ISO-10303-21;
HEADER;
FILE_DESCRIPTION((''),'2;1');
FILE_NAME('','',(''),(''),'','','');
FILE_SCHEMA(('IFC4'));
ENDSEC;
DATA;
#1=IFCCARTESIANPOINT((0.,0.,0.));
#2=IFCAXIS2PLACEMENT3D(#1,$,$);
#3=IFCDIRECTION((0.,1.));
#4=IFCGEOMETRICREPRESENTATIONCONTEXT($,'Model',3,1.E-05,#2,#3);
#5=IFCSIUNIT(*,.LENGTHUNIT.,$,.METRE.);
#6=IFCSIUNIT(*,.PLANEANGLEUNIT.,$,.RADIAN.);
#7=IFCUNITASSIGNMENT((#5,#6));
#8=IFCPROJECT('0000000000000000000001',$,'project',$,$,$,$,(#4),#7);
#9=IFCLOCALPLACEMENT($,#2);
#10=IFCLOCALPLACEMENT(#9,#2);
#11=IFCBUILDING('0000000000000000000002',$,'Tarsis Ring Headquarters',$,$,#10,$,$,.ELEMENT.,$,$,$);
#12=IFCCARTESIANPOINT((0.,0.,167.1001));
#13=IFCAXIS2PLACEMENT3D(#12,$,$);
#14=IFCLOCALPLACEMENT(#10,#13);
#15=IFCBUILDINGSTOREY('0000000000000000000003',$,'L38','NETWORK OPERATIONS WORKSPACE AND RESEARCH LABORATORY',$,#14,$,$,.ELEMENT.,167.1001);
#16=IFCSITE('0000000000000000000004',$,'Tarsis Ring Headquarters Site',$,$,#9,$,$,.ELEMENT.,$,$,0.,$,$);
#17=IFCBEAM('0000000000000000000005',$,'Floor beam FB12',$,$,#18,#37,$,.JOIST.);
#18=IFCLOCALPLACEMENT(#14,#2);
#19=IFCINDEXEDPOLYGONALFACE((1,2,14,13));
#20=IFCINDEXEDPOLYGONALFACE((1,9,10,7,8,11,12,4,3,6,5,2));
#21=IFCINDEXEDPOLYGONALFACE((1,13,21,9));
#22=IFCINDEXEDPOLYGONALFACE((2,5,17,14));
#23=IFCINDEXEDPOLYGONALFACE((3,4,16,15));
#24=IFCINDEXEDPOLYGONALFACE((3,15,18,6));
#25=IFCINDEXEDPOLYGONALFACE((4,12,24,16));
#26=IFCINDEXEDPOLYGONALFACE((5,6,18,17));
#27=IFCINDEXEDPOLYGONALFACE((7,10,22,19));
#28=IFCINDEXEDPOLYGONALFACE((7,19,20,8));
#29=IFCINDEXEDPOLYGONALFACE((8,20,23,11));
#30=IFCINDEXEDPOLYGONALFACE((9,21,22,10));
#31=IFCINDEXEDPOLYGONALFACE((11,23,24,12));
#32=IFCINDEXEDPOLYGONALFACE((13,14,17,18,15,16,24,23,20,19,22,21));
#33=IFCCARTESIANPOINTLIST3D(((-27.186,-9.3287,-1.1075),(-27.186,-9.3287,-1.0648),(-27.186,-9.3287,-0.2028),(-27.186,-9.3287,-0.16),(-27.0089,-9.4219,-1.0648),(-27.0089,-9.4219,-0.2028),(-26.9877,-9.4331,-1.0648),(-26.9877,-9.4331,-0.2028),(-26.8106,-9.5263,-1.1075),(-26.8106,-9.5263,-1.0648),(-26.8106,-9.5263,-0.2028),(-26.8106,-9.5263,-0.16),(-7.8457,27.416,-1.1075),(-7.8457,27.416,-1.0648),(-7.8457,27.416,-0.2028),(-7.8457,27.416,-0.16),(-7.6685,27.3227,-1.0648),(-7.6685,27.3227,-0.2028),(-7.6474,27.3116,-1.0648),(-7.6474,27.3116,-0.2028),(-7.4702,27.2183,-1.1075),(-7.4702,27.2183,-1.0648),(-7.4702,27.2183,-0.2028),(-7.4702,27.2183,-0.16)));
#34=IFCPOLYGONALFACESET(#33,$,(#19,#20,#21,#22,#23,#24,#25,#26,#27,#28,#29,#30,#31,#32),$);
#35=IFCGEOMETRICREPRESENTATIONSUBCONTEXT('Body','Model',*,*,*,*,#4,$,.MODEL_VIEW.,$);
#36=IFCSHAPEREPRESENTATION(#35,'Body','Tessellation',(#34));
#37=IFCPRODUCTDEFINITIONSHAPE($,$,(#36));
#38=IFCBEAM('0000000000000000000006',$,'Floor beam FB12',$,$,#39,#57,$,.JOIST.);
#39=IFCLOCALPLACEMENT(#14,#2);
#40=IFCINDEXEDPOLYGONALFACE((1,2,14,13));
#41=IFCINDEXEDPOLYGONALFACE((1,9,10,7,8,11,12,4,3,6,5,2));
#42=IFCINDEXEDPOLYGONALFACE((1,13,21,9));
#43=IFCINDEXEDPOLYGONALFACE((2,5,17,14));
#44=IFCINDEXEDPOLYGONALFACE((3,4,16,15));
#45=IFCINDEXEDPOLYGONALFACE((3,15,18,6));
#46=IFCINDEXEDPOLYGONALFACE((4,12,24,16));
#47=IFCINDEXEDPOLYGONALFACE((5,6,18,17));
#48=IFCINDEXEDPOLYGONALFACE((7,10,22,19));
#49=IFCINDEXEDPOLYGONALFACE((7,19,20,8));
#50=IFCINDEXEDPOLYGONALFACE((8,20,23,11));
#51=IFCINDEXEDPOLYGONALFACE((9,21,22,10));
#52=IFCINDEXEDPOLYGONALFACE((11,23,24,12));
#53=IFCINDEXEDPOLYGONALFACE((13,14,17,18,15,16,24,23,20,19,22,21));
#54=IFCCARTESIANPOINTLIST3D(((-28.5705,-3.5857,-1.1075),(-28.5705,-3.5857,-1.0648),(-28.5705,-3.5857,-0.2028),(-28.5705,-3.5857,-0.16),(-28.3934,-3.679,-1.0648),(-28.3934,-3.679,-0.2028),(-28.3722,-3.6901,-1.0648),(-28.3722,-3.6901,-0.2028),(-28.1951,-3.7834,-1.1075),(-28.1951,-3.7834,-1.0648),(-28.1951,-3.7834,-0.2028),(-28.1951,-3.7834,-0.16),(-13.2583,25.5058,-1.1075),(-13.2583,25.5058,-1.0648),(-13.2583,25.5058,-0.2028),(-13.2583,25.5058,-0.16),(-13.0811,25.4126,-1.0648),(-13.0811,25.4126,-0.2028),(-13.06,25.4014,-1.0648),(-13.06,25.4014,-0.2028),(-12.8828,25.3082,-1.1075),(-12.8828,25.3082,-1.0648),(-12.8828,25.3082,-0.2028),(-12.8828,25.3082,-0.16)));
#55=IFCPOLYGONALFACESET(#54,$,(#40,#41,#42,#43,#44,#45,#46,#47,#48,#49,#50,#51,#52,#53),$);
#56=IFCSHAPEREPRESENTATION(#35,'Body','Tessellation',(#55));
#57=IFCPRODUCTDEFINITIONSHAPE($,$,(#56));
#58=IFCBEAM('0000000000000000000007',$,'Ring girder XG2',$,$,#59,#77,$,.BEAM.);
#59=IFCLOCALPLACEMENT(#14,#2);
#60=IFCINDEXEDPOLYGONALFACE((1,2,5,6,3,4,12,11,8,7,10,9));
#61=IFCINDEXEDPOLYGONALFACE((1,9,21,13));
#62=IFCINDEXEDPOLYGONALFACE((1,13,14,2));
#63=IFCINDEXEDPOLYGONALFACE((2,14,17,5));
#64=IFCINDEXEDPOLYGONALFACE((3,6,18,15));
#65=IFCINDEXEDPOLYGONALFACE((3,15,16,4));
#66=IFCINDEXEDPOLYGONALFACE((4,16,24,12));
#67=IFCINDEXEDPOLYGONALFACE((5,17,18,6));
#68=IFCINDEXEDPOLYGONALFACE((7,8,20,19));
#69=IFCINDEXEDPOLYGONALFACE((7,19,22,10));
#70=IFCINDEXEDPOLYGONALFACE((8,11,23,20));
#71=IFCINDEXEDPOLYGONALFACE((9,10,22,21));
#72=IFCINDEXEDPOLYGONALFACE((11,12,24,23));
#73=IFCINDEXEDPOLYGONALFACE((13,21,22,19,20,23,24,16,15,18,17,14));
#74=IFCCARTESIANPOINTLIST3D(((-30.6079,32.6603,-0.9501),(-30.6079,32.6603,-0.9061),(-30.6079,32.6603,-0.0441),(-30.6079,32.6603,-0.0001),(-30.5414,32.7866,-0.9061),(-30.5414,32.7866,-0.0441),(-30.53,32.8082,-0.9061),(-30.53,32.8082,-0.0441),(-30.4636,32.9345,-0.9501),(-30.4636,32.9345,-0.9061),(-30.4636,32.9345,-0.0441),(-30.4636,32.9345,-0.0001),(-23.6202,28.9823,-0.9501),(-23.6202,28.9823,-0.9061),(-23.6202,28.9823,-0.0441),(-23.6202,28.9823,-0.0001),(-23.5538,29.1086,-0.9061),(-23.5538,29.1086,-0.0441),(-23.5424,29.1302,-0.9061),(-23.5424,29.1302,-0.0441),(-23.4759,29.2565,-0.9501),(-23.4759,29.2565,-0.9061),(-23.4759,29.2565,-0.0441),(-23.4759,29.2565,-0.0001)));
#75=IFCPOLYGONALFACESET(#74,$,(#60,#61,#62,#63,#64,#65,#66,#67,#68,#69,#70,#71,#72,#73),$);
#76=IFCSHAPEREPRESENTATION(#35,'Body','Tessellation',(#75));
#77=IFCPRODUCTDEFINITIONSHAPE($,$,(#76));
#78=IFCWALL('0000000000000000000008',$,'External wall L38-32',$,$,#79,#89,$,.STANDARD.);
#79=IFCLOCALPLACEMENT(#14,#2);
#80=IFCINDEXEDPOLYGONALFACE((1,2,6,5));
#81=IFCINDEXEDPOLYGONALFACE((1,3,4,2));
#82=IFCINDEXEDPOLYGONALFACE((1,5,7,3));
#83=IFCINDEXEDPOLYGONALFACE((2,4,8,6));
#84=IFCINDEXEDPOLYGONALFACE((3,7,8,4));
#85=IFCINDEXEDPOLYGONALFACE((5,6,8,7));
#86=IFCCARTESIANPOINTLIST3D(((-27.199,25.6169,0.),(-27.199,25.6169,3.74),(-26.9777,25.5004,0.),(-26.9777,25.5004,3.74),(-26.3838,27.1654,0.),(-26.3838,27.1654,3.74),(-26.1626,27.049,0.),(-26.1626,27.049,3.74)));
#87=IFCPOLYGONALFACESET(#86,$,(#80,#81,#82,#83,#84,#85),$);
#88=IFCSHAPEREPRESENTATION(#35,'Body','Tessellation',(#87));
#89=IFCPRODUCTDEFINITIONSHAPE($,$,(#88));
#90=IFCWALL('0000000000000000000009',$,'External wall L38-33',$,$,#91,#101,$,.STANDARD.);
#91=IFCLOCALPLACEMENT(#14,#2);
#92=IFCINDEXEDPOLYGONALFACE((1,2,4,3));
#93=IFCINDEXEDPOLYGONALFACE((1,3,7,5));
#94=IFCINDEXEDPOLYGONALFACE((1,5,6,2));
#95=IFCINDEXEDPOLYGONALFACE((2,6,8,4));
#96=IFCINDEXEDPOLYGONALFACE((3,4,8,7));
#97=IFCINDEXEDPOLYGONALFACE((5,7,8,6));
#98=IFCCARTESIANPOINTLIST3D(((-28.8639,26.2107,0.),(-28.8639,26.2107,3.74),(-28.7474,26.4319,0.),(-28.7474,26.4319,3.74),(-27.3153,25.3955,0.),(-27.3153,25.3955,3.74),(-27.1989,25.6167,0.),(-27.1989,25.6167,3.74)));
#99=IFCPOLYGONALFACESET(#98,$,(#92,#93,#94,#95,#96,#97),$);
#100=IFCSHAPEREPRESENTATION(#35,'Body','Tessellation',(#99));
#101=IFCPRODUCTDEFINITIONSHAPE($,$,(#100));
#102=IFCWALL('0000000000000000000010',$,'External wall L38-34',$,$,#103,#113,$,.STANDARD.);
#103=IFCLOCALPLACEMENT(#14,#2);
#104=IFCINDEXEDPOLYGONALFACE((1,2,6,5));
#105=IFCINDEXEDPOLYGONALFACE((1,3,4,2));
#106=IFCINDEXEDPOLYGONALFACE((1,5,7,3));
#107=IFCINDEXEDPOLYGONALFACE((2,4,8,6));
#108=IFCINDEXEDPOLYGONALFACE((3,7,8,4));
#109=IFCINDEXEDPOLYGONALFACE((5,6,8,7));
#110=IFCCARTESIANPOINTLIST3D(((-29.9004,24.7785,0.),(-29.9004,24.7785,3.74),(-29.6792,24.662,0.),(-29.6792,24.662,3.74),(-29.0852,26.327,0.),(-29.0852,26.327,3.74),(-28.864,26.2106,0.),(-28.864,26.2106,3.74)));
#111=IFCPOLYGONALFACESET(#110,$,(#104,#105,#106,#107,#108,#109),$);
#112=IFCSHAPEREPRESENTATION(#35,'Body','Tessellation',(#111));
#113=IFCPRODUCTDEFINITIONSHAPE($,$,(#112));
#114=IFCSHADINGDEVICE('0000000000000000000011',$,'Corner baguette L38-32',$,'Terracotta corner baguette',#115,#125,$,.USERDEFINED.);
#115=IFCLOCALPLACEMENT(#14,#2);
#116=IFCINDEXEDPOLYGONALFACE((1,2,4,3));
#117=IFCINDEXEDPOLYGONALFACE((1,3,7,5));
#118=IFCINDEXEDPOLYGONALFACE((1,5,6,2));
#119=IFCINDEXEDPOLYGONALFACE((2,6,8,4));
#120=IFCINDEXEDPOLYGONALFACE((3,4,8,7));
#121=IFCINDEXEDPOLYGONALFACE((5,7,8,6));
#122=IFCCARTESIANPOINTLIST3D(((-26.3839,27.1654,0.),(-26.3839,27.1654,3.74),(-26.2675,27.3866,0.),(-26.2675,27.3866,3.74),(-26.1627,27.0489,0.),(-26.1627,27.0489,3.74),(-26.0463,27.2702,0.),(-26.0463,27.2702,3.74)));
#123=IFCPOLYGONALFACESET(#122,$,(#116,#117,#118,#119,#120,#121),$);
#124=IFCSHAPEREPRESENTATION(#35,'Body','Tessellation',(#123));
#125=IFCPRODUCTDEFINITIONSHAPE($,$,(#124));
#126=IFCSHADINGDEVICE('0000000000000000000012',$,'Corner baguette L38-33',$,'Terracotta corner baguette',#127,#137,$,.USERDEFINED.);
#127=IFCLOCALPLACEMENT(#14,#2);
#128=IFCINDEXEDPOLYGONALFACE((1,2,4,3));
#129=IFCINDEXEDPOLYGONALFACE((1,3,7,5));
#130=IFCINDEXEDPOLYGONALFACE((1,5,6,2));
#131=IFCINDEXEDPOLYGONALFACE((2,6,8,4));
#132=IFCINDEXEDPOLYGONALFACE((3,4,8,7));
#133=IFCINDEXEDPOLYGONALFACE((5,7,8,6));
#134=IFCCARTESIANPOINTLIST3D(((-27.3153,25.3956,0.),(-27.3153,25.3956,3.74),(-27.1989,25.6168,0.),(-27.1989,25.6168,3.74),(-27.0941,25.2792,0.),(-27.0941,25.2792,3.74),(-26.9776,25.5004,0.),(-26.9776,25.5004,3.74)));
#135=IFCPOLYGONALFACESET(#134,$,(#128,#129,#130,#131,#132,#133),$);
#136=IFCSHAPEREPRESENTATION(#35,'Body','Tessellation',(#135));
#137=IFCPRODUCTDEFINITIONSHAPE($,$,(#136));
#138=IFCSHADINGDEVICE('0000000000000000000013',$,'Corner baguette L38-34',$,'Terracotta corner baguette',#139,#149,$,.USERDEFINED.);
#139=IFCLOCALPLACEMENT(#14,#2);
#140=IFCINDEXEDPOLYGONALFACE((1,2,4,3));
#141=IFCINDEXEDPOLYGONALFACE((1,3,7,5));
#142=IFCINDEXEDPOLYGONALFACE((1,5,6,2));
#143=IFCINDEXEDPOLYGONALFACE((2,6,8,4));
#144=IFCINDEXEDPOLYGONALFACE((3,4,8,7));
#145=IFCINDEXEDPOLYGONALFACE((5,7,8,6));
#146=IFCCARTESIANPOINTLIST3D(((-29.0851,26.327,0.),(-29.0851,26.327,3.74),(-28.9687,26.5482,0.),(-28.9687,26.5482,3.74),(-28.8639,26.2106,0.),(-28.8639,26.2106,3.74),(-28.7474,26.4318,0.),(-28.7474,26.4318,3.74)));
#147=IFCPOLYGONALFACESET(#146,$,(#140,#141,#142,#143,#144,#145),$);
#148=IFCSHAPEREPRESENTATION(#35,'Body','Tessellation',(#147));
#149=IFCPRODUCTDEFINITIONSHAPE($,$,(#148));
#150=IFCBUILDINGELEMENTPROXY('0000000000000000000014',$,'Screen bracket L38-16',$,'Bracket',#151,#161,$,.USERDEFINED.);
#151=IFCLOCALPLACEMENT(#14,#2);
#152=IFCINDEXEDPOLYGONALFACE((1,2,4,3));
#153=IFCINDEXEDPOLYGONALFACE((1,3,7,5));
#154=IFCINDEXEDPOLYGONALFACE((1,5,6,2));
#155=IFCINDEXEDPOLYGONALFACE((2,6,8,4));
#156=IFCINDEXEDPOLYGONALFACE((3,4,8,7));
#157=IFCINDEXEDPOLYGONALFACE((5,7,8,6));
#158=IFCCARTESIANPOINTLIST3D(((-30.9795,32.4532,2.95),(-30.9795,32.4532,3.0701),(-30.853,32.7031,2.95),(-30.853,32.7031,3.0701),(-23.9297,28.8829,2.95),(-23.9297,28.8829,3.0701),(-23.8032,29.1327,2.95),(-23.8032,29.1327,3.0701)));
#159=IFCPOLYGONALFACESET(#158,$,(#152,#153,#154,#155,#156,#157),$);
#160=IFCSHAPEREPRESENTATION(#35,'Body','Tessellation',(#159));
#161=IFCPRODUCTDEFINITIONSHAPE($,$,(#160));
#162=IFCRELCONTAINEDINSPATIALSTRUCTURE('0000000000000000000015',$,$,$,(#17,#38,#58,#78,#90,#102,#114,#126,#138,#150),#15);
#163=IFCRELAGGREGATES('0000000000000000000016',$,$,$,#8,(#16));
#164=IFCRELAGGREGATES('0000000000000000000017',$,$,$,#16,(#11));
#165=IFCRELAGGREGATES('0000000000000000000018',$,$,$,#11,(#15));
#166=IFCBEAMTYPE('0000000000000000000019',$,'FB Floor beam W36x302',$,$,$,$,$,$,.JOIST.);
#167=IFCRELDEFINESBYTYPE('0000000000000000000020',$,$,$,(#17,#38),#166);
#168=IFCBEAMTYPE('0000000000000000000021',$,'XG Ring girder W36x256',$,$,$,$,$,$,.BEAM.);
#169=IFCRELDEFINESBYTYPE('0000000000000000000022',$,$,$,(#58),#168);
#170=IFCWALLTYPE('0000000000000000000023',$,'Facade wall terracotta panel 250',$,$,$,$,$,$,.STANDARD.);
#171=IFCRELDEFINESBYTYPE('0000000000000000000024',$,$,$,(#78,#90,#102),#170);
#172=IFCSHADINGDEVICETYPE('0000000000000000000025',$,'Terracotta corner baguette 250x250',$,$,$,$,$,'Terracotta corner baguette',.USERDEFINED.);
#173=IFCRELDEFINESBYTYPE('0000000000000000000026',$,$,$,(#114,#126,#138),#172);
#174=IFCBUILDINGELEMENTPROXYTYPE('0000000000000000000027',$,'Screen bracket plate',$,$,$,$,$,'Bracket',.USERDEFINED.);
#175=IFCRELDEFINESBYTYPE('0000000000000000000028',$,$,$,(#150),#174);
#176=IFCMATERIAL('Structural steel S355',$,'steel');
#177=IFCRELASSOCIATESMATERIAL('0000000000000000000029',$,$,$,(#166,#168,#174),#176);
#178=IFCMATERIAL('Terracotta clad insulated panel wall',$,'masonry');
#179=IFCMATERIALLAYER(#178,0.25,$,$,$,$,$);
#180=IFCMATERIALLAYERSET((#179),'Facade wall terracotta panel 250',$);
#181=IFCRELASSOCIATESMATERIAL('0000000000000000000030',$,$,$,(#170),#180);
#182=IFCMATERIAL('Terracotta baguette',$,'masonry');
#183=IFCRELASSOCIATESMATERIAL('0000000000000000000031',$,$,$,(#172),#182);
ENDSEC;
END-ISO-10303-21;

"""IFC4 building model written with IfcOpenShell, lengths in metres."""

from ifc_helpers import new_model, si_unit, direction, frame, frame_2d, origin, origin_2d, place, context, subcontext, project, spatial, rectangle, i_section, extrude, material, layer, layer_set, material_profile, profile_set, type_object, element, save


model = new_model("IFC4")

# Units and contexts
model_context = context("Model", 3, precision=1e-05, world=origin(), true_north=direction((0.0, 1.0)))
body_context = subcontext(model_context, "Body", "Model", "MODEL_VIEW")
ifc_project = project(units=[si_unit("LENGTHUNIT", "METRE"), si_unit("PLANEANGLEUNIT", "RADIAN")], contexts=[model_context])

# Site, building, storey
site_placement = place(None, origin())
site = spatial("IfcSite", under=ifc_project, at=site_placement, Name="Tarsis Ring Headquarters Site", CompositionType="ELEMENT", RefElevation=0.0)
building_placement = place(site_placement, origin())
building = spatial("IfcBuilding", under=site, at=building_placement, Name="Tarsis Ring Headquarters", CompositionType="ELEMENT")
storey_placement = place(building_placement, frame((0.0, 0.0, 167.1001)))
storey = spatial("IfcBuildingStorey", under=building, at=storey_placement, Name="L38", Description="NETWORK OPERATIONS WORKSPACE AND RESEARCH LABORATORY", CompositionType="ELEMENT", Elevation=167.1001)

# Shared definitions
ifc_material_1 = material(Name="Structural steel S355", Category="steel")

# Beams
ifc_material_profile_1 = material_profile(ifc_material_1, i_section(OverallWidth=0.3098, OverallDepth=0.95, WebThickness=0.0244, FlangeThickness=0.0439, at=origin_2d()), Name="W36x256")
ifc_profile_set_1 = profile_set([ifc_material_profile_1], Name="Structural steel S355")
ifc_material_profile_2 = material_profile(ifc_material_1, i_section(OverallWidth=0.4243, OverallDepth=0.9475, WebThickness=0.0239, FlangeThickness=0.0427, at=origin_2d()), Name="W36x302")
ifc_profile_set_2 = profile_set([ifc_material_profile_2], Name="Structural steel S355")
beam_type_1 = type_object("IfcBeamType", Name="FB Floor beam W36x302", PredefinedType="JOIST", material=ifc_profile_set_2)
beam_1_placement = place(storey_placement, frame((-7.658, 27.3171, -0.6338), z_axis=(-0.465766, -0.884908, 0.0), x_axis=(0.884908, -0.465766, 0.0)))
element("IfcBeam", 1, at=beam_1_placement, inside=storey, type_object=beam_type_1, Name="Floor beam FB12", PredefinedType="JOIST", context=body_context, shape_type="SweptSolid", body=[
    extrude(i_section(OverallWidth=0.4243, OverallDepth=0.9475, WebThickness=0.0239, FlangeThickness=0.0427, at=origin_2d()), origin(), (0.0, 0.0, 1.0), 41.5237),
])
beam_2_placement = place(storey_placement, frame((-13.0706, 25.407, -0.6338), z_axis=(-0.465768, -0.884907, 0.0), x_axis=(0.884907, -0.465768, 0.0)))
element("IfcBeam", 2, at=beam_2_placement, inside=storey, type_object=beam_type_1, Name="Floor beam FB12", PredefinedType="JOIST", context=body_context, shape_type="SweptSolid", body=[
    extrude(i_section(OverallWidth=0.4243, OverallDepth=0.9475, WebThickness=0.0239, FlangeThickness=0.0427, at=origin_2d()), origin(), (0.0, 0.0, 1.0), 32.8752),
])
beam_type_2 = type_object("IfcBeamType", Name="XG Ring girder W36x256", PredefinedType="BEAM", material=ifc_profile_set_1)
beam_3_placement = place(storey_placement, frame((-23.5481, 29.1194, -0.4751), z_axis=(-0.884901, 0.465778, 0.0), x_axis=(-0.465778, -0.884901, 0.0)))
element("IfcBeam", 3, at=beam_3_placement, inside=storey, type_object=beam_type_2, Name="Ring girder XG2", PredefinedType="BEAM", context=body_context, shape_type="SweptSolid", body=[
    extrude(i_section(OverallWidth=0.3098, OverallDepth=0.95, WebThickness=0.0244, FlangeThickness=0.0439, at=origin_2d()), origin(), (0.0, 0.0, 1.0), 7.8965),
])

# Walls
ifc_material_2 = material(Name="Terracotta clad insulated panel wall", Category="masonry")
ifc_layer = layer(ifc_material_2, 0.25)
ifc_layer_set = layer_set([ifc_layer], Name="Facade wall terracotta panel 250")
wall_type = type_object("IfcWallType", Name="Facade wall terracotta panel 250", PredefinedType="STANDARD", material=ifc_layer_set)
for number, where, z_axis, x_axis, name in (
    (4, (-26.2732, 27.1072, 0.0), (0.0, 0.0, 1.0), (-0.46581, -0.884885, 0.0), "External wall L38-32"),
    (5, (-27.2571, 25.5061, 0.0), (0.0, 0.0, 1.0), (-0.884885, 0.46581, 0.0), "External wall L38-33"),
    (6, (-28.9746, 26.2688, 0.0), (0.0, 0.0, 1.0), (-0.46581, -0.884885, 0.0), "External wall L38-34"),
):
    element("IfcWall", number, at=place(storey_placement, frame(where, z_axis=z_axis, x_axis=x_axis)), inside=storey, type_object=wall_type, Name=name, PredefinedType="STANDARD", context=body_context, shape_type="SweptSolid", body=[
        extrude(rectangle(XDim=1.75, YDim=0.25, at=frame_2d((0.875, 0.0))), origin(), (0.0, 0.0, 1.0), 3.74),
    ])

# Shading devices
ifc_material_3 = material(Name="Terracotta baguette", Category="masonry")
shading_device_type_1 = type_object("IfcShadingDeviceType", Name="Terracotta corner baguette 250x250", ElementType="Terracotta corner baguette", PredefinedType="USERDEFINED", material=ifc_material_3)
for number, where, z_axis, x_axis, name in (
    (7, (-26.2151, 27.2178, 0.0), (0.0, 0.0, 1.0), (-0.884906, 0.465769, 0.0), "Corner baguette L38-32"),
    (8, (-27.1465, 25.448, 0.0), (0.0, 0.0, 1.0), (-0.465769, -0.884906, 0.0), "Corner baguette L38-33"),
    (9, (-28.9163, 26.3794, 0.0), (0.0, 0.0, 1.0), (-0.884906, 0.465769, 0.0), "Corner baguette L38-34"),
):
    element("IfcShadingDevice", number, at=place(storey_placement, frame(where, z_axis=z_axis, x_axis=x_axis)), inside=storey, type_object=shading_device_type_1, Name=name, ObjectType="Terracotta corner baguette", PredefinedType="USERDEFINED", context=body_context, shape_type="SweptSolid", body=[
        extrude(rectangle(XDim=0.25, YDim=0.25, at=origin_2d()), origin(), (0.0, 0.0, 1.0), 3.74),
    ])

# Building element proxy
building_element_proxy_type = type_object("IfcBuildingElementProxyType", Name="Screen bracket plate", ElementType="Bracket", PredefinedType="USERDEFINED", material=ifc_material_1)
proxy_placement = place(storey_placement, frame((-27.3914, 30.793, 2.95), z_axis=(0.0, 0.0, 1.0), x_axis=(-0.892113, 0.451812, 0.0)))
element("IfcBuildingElementProxy", 10, at=proxy_placement, inside=storey, type_object=building_element_proxy_type, Name="Screen bracket L38-16", ObjectType="Bracket", PredefinedType="USERDEFINED", context=body_context, shape_type="SweptSolid", body=[
    extrude(rectangle(XDim=7.9023, YDim=0.28, at=origin_2d()), origin(), (0.0, 0.0, 1.0), 0.1201),
])

save(model, "model.ifc")
